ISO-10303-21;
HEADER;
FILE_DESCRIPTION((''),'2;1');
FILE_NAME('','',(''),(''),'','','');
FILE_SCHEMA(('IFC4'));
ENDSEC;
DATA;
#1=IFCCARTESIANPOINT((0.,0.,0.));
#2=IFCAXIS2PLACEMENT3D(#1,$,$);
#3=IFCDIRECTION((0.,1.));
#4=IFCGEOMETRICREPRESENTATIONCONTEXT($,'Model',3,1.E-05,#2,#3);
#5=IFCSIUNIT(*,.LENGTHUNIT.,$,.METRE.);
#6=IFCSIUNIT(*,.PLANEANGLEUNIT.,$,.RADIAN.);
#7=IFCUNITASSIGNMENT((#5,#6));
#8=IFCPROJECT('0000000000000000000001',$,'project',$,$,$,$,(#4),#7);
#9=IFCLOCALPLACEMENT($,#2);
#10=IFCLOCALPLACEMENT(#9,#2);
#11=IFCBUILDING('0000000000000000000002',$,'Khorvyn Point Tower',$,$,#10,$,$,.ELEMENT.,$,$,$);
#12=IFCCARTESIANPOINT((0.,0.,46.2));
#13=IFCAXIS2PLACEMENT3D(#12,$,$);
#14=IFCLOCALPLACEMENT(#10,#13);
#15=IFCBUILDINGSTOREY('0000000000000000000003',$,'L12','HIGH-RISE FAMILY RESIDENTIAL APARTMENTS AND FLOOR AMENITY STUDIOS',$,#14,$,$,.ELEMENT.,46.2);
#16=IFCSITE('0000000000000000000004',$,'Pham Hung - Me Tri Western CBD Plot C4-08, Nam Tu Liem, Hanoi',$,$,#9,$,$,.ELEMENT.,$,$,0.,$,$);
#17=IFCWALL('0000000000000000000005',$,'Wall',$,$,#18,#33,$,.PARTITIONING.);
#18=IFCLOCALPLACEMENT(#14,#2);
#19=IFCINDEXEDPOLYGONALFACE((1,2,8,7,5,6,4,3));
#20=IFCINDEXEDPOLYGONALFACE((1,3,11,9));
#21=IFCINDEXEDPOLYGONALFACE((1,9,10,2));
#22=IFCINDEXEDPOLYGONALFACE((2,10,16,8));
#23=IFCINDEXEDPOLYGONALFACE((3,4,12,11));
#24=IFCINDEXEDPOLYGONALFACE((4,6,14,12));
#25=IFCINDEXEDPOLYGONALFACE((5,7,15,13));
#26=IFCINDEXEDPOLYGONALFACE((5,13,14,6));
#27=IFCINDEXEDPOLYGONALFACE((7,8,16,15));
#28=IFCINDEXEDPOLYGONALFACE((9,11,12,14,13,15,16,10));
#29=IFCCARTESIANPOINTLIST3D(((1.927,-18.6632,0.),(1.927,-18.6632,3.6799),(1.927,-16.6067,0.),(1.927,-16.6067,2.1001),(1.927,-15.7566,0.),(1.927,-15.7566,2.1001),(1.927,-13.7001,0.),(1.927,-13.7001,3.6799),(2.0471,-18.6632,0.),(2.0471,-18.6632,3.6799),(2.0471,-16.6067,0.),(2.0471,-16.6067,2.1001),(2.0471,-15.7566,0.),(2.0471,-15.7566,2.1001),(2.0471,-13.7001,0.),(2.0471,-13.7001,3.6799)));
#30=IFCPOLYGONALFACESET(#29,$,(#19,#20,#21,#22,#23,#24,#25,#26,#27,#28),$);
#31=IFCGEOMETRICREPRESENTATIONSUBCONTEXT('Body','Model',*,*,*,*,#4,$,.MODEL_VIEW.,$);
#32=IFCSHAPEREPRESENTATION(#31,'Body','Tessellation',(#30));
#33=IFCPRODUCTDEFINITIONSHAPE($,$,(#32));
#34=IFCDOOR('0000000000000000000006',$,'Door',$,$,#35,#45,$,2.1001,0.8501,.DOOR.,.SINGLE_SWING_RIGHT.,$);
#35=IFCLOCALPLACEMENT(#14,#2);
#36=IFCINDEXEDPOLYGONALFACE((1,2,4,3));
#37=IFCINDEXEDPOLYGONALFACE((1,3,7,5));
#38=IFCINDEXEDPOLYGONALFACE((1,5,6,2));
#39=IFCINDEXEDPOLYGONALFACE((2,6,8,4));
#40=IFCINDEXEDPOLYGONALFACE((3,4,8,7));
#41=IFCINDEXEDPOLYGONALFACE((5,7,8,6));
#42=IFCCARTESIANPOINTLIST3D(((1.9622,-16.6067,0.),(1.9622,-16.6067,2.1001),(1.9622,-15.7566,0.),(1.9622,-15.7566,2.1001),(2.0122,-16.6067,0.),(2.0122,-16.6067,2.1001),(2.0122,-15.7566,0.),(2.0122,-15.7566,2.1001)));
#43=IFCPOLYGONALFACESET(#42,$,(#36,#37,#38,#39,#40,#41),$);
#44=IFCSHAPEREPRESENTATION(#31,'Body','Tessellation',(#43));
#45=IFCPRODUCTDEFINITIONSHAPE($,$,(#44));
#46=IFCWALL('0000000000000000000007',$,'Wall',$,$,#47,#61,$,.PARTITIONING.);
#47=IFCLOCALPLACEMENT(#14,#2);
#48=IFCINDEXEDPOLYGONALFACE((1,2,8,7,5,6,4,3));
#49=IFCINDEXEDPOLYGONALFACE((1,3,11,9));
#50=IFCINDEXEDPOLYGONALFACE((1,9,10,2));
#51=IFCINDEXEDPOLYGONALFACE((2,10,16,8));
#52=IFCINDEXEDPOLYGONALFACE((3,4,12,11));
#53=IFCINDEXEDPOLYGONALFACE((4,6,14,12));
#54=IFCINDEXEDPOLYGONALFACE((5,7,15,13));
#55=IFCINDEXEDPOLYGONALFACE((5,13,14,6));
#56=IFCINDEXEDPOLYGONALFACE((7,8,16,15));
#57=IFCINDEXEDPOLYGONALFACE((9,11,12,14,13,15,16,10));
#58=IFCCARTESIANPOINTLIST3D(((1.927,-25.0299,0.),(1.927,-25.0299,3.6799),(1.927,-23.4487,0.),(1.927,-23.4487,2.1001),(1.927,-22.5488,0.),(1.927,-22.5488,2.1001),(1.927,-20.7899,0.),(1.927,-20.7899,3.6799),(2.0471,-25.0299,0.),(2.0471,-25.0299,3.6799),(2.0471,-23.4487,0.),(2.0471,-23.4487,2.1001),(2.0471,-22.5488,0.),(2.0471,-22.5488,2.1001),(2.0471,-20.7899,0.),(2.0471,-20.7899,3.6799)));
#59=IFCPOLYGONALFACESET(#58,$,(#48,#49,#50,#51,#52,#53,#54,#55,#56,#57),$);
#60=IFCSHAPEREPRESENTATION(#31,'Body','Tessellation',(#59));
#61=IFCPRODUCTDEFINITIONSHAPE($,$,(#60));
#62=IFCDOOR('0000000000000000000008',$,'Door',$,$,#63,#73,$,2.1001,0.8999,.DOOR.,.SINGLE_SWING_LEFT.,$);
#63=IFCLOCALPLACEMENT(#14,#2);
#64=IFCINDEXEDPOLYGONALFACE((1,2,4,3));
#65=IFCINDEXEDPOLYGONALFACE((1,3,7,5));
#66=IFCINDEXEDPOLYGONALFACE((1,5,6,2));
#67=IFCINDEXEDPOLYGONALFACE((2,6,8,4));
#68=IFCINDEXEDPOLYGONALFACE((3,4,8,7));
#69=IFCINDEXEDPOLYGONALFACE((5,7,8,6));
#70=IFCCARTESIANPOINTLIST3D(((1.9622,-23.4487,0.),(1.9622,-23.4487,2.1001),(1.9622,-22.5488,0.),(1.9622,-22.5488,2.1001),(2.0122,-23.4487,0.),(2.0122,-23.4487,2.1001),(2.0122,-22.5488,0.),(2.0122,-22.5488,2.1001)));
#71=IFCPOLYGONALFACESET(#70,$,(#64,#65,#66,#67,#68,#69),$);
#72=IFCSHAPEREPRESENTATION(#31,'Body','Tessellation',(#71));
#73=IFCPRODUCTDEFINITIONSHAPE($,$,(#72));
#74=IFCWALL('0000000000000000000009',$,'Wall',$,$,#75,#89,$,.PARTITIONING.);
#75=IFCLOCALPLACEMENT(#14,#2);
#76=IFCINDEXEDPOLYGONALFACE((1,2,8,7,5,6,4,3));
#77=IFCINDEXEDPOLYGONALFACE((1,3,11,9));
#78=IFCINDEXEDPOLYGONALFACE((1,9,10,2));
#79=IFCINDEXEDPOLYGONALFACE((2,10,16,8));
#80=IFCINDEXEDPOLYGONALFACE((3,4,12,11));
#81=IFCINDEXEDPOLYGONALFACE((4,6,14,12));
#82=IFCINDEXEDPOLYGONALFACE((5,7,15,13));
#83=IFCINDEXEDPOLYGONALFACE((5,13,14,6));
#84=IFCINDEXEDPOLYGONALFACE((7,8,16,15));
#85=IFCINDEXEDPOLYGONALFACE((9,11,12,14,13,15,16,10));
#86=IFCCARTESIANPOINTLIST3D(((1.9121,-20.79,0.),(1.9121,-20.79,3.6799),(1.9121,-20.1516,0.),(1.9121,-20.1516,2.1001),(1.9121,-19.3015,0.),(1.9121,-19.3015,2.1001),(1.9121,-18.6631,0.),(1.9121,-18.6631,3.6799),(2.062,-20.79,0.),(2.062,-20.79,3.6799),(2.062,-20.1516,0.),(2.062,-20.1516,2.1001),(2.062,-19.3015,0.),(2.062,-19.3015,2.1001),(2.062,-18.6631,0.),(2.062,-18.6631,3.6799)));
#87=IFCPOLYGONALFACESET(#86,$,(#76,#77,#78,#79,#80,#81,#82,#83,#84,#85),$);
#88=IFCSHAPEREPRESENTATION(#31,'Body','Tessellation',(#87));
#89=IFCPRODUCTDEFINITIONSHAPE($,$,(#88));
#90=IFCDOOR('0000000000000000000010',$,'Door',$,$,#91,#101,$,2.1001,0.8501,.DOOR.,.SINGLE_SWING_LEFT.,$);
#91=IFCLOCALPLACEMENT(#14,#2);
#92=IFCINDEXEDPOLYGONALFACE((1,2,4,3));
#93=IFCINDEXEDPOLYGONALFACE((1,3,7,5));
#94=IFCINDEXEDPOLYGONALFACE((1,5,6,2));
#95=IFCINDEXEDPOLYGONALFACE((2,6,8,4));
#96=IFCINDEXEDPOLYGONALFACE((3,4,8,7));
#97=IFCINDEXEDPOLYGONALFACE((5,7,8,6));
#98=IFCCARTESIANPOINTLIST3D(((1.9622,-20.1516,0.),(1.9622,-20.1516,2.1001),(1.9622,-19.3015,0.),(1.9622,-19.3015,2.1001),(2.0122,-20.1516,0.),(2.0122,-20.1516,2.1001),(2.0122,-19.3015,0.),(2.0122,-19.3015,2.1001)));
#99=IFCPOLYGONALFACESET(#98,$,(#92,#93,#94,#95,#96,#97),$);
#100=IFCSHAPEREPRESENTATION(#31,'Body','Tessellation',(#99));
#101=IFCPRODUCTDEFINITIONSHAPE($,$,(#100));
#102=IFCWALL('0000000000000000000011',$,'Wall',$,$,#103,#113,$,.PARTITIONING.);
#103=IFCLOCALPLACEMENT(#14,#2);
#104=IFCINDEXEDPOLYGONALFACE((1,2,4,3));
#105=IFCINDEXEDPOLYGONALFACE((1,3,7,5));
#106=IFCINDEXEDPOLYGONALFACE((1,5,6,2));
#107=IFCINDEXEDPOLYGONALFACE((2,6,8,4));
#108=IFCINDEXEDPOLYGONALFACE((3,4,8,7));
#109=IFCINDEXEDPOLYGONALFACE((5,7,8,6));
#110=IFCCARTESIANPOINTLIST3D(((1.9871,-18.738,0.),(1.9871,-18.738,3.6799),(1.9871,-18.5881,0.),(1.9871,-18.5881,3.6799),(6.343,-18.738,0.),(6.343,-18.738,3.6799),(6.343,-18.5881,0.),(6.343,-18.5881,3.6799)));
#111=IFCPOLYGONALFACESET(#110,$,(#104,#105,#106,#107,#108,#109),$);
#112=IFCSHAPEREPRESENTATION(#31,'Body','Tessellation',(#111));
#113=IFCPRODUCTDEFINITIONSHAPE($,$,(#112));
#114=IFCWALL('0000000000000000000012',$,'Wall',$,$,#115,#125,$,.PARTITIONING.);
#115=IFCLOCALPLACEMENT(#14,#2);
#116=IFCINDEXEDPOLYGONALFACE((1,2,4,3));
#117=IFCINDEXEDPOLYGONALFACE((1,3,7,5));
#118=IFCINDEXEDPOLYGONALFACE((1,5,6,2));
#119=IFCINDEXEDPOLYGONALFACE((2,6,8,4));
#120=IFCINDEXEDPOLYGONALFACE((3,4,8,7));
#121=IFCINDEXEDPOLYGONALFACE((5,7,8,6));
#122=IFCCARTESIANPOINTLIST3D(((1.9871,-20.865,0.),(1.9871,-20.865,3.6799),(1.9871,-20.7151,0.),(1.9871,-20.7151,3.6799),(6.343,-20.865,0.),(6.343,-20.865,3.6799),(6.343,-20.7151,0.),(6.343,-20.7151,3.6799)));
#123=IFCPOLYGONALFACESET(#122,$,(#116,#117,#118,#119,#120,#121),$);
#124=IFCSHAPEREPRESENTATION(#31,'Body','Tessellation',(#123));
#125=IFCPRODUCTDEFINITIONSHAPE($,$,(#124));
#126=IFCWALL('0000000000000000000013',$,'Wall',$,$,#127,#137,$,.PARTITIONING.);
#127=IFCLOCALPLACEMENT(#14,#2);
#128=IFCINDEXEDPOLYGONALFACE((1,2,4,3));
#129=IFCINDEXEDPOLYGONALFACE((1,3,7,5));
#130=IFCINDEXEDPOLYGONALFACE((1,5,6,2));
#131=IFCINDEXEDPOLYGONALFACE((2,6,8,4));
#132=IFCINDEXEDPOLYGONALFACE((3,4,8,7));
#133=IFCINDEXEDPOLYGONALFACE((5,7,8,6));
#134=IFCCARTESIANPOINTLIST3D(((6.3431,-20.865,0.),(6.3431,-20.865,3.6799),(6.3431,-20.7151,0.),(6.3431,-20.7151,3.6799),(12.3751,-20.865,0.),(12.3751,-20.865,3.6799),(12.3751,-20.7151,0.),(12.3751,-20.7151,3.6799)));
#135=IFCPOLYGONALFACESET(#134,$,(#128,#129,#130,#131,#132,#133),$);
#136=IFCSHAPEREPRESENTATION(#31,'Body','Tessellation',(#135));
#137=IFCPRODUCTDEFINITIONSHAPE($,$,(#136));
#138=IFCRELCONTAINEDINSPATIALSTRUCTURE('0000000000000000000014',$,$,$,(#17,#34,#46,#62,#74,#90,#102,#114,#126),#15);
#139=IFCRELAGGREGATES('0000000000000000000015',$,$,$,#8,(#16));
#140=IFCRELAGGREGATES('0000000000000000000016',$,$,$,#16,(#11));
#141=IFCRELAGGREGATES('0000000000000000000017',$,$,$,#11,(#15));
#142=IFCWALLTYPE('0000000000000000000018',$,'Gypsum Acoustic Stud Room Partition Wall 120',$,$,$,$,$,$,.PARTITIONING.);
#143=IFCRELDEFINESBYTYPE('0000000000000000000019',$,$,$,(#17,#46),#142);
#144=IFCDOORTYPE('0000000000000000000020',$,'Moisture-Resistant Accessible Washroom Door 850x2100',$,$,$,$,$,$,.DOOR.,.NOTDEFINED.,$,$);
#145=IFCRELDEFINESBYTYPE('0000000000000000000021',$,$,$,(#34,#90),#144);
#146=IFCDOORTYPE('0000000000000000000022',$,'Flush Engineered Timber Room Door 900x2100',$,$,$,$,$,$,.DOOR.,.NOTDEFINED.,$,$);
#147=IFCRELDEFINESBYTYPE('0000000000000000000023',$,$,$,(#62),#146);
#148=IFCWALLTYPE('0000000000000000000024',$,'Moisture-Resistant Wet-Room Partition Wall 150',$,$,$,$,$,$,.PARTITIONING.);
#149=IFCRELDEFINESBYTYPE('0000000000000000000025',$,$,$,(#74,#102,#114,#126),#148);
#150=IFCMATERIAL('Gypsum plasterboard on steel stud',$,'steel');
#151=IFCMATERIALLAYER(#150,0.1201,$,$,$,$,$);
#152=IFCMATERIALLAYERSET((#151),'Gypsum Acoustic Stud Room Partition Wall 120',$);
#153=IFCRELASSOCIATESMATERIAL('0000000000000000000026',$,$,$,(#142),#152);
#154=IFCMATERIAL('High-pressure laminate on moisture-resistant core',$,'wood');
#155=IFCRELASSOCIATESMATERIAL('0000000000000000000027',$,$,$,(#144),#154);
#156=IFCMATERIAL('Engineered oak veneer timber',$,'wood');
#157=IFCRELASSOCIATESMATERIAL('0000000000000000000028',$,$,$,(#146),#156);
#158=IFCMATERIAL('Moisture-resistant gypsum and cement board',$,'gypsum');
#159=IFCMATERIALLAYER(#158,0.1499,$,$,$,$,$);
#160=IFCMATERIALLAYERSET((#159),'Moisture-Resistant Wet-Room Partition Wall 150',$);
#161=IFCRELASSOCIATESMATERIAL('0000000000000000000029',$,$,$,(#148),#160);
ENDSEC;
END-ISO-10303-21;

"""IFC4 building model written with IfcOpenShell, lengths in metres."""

from ifc_helpers import new_model, si_unit, direction, frame, frame_2d, origin, place, context, subcontext, project, spatial, rectangle, extrude, material, layer, layer_set, type_object, element, fill, save


model = new_model("IFC4")

# Units and contexts
model_context = context("Model", 3, precision=1e-05, world=origin(), true_north=direction((0.0, 1.0)))
body_context = subcontext(model_context, "Body", "Model", "MODEL_VIEW")
ifc_project = project(units=[si_unit("LENGTHUNIT", "METRE"), si_unit("PLANEANGLEUNIT", "RADIAN")], contexts=[model_context])

# Site, building, storey
site_placement = place(None, origin())
site = spatial("IfcSite", under=ifc_project, at=site_placement, Name="Pham Hung - Me Tri Western CBD Plot C4-08, Nam Tu Liem, Hanoi", CompositionType="ELEMENT", RefElevation=0.0)
building_placement = place(site_placement, origin())
building = spatial("IfcBuilding", under=site, at=building_placement, Name="Khorvyn Point Tower", CompositionType="ELEMENT")
storey_placement = place(building_placement, frame((0.0, 0.0, 46.2)))
storey = spatial("IfcBuildingStorey", under=building, at=storey_placement, Name="L12", Description="HIGH-RISE FAMILY RESIDENTIAL APARTMENTS AND FLOOR AMENITY STUDIOS", CompositionType="ELEMENT", Elevation=46.2)

# Walls, openings, doors
ifc_material_1 = material(Name="Gypsum plasterboard on steel stud", Category="steel")
ifc_layer_1 = layer(ifc_material_1, 0.1201)
ifc_layer_set_1 = layer_set([ifc_layer_1], Name="Gypsum Acoustic Stud Room Partition Wall 120")
wall_type_1 = type_object("IfcWallType", Name="Gypsum Acoustic Stud Room Partition Wall 120", PredefinedType="PARTITIONING", material=ifc_layer_set_1)
wall_1_placement = place(storey_placement, frame((1.9871, -18.6631, 0.0), z_axis=(0.0, 0.0, 1.0), x_axis=(0.0, 1.0, 0.0)))
wall_1 = element("IfcWall", 1, at=wall_1_placement, inside=storey, type_object=wall_type_1, Name="Wall", PredefinedType="PARTITIONING", context=body_context, shape_type="SweptSolid", body=[
    extrude(rectangle(XDim=4.9631, YDim=0.1201, at=frame_2d((2.4814, 0.0))), origin(), (0.0, 0.0, 1.0), 3.6799),
])
opening_1_placement = place(wall_1_placement, frame((2.0564, 0.0, 0.0)))
opening_1 = element("IfcOpeningElement", 2, at=opening_1_placement, cuts=wall_1, PredefinedType="OPENING", context=body_context, shape_type="SweptSolid", body=[
    extrude(rectangle(XDim=0.8501, YDim=2.1001, at=frame_2d((0.425, 1.05))), frame((0.0, 0.0701, 0.0), z_axis=(0.0, -1.0, 0.0), x_axis=(1.0, 0.0, 0.0)), (0.0, 0.0, 1.0), 0.1401),
])
ifc_material_2 = material(Name="High-pressure laminate on moisture-resistant core", Category="wood")
door_type_1 = type_object("IfcDoorType", Name="Moisture-Resistant Accessible Washroom Door 850x2100", OperationType="NOTDEFINED", PredefinedType="DOOR", material=ifc_material_2)
door_1_placement = place(opening_1_placement, origin())
door_1 = element("IfcDoor", 3, at=door_1_placement, inside=storey, type_object=door_type_1, Name="Door", OperationType="SINGLE_SWING_RIGHT", OverallHeight=2.1001, OverallWidth=0.8501, PredefinedType="DOOR", context=body_context, shape_type="SweptSolid", body=[
    extrude(rectangle(XDim=0.8501, YDim=2.1001, at=frame_2d((0.425, 1.05))), frame((0.0, 0.0249, 0.0), z_axis=(0.0, -1.0, 0.0), x_axis=(1.0, 0.0, 0.0)), (0.0, 0.0, 1.0), 0.05),
])
fill(opening_1, door_1)
wall_2_placement = place(storey_placement, frame((1.9871, -25.03, 0.0), z_axis=(0.0, 0.0, 1.0), x_axis=(0.0, 1.0, 0.0)))
wall_2 = element("IfcWall", 4, at=wall_2_placement, inside=storey, type_object=wall_type_1, Name="Wall", PredefinedType="PARTITIONING", context=body_context, shape_type="SweptSolid", body=[
    extrude(rectangle(XDim=4.24, YDim=0.1201, at=frame_2d((2.1201, 0.0))), origin(), (0.0, 0.0, 1.0), 3.6799),
])
opening_2_placement = place(wall_2_placement, frame((1.5813, 0.0, 0.0)))
opening_2 = element("IfcOpeningElement", 5, at=opening_2_placement, cuts=wall_2, PredefinedType="OPENING", context=body_context, shape_type="SweptSolid", body=[
    extrude(rectangle(XDim=0.8999, YDim=2.1001, at=frame_2d((0.45, 1.05))), frame((0.0, 0.0701, 0.0), z_axis=(0.0, -1.0, 0.0), x_axis=(1.0, 0.0, 0.0)), (0.0, 0.0, 1.0), 0.1401),
])
ifc_material_3 = material(Name="Engineered oak veneer timber", Category="wood")
door_type_2 = type_object("IfcDoorType", Name="Flush Engineered Timber Room Door 900x2100", OperationType="NOTDEFINED", PredefinedType="DOOR", material=ifc_material_3)
door_2_placement = place(opening_2_placement, origin())
door_2 = element("IfcDoor", 6, at=door_2_placement, inside=storey, type_object=door_type_2, Name="Door", OperationType="SINGLE_SWING_LEFT", OverallHeight=2.1001, OverallWidth=0.8999, PredefinedType="DOOR", context=body_context, shape_type="SweptSolid", body=[
    extrude(rectangle(XDim=0.8999, YDim=2.1001, at=frame_2d((0.45, 1.05))), frame((0.0, 0.0249, 0.0), z_axis=(0.0, -1.0, 0.0), x_axis=(1.0, 0.0, 0.0)), (0.0, 0.0, 1.0), 0.05),
])
fill(opening_2, door_2)
ifc_material_4 = material(Name="Moisture-resistant gypsum and cement board", Category="gypsum")
ifc_layer_2 = layer(ifc_material_4, 0.1499)
ifc_layer_set_2 = layer_set([ifc_layer_2], Name="Moisture-Resistant Wet-Room Partition Wall 150")
wall_type_2 = type_object("IfcWallType", Name="Moisture-Resistant Wet-Room Partition Wall 150", PredefinedType="PARTITIONING", material=ifc_layer_set_2)
wall_3_placement = place(storey_placement, frame((1.9871, -20.79, 0.0), z_axis=(0.0, 0.0, 1.0), x_axis=(0.0, 1.0, 0.0)))
wall_3 = element("IfcWall", 7, at=wall_3_placement, inside=storey, type_object=wall_type_2, Name="Wall", PredefinedType="PARTITIONING", context=body_context, shape_type="SweptSolid", body=[
    extrude(rectangle(XDim=2.127, YDim=0.1499, at=frame_2d((1.0635, 0.0))), origin(), (0.0, 0.0, 1.0), 3.6799),
])
opening_3_placement = place(wall_3_placement, frame((0.6384, 0.0, 0.0)))
opening_3 = element("IfcOpeningElement", 8, at=opening_3_placement, cuts=wall_3, PredefinedType="OPENING", context=body_context, shape_type="SweptSolid", body=[
    extrude(rectangle(XDim=0.8501, YDim=2.1001, at=frame_2d((0.425, 1.05))), frame((0.0, 0.085, 0.0), z_axis=(0.0, -1.0, 0.0), x_axis=(1.0, 0.0, 0.0)), (0.0, 0.0, 1.0), 0.1699),
])
door_3_placement = place(opening_3_placement, origin())
door_3 = element("IfcDoor", 9, at=door_3_placement, inside=storey, type_object=door_type_1, Name="Door", OperationType="SINGLE_SWING_LEFT", OverallHeight=2.1001, OverallWidth=0.8501, PredefinedType="DOOR", context=body_context, shape_type="SweptSolid", body=[
    extrude(rectangle(XDim=0.8501, YDim=2.1001, at=frame_2d((0.425, 1.05))), frame((0.0, 0.0249, 0.0), z_axis=(0.0, -1.0, 0.0), x_axis=(1.0, 0.0, 0.0)), (0.0, 0.0, 1.0), 0.05),
])
fill(opening_3, door_3)

# Walls
for number, where, z_axis, x_axis, name in (
    (10, (1.9871, -18.6631, 0.0), (0.0, 0.0, 1.0), (1.0, 0.0, 0.0), "Wall"),
    (11, (1.9871, -20.79, 0.0), (0.0, 0.0, 1.0), (1.0, 0.0, 0.0), "Wall"),
):
    element("IfcWall", number, at=place(storey_placement, frame(where, z_axis=z_axis, x_axis=x_axis)), inside=storey, type_object=wall_type_2, Name=name, PredefinedType="PARTITIONING", context=body_context, shape_type="SweptSolid", body=[
        extrude(rectangle(XDim=4.356, YDim=0.1499, at=frame_2d((2.178, 0.0))), origin(), (0.0, 0.0, 1.0), 3.6799),
    ])
wall_4_placement = place(storey_placement, frame((6.343, -20.79, 0.0), z_axis=(0.0, 0.0, 1.0), x_axis=(1.0, 0.0, 0.0)))
element("IfcWall", 12, at=wall_4_placement, inside=storey, type_object=wall_type_2, Name="Wall", PredefinedType="PARTITIONING", context=body_context, shape_type="SweptSolid", body=[
    extrude(rectangle(XDim=6.032, YDim=0.1499, at=frame_2d((3.0161, 0.0))), origin(), (0.0, 0.0, 1.0), 3.6799),
])

save(model, "model.ifc")
